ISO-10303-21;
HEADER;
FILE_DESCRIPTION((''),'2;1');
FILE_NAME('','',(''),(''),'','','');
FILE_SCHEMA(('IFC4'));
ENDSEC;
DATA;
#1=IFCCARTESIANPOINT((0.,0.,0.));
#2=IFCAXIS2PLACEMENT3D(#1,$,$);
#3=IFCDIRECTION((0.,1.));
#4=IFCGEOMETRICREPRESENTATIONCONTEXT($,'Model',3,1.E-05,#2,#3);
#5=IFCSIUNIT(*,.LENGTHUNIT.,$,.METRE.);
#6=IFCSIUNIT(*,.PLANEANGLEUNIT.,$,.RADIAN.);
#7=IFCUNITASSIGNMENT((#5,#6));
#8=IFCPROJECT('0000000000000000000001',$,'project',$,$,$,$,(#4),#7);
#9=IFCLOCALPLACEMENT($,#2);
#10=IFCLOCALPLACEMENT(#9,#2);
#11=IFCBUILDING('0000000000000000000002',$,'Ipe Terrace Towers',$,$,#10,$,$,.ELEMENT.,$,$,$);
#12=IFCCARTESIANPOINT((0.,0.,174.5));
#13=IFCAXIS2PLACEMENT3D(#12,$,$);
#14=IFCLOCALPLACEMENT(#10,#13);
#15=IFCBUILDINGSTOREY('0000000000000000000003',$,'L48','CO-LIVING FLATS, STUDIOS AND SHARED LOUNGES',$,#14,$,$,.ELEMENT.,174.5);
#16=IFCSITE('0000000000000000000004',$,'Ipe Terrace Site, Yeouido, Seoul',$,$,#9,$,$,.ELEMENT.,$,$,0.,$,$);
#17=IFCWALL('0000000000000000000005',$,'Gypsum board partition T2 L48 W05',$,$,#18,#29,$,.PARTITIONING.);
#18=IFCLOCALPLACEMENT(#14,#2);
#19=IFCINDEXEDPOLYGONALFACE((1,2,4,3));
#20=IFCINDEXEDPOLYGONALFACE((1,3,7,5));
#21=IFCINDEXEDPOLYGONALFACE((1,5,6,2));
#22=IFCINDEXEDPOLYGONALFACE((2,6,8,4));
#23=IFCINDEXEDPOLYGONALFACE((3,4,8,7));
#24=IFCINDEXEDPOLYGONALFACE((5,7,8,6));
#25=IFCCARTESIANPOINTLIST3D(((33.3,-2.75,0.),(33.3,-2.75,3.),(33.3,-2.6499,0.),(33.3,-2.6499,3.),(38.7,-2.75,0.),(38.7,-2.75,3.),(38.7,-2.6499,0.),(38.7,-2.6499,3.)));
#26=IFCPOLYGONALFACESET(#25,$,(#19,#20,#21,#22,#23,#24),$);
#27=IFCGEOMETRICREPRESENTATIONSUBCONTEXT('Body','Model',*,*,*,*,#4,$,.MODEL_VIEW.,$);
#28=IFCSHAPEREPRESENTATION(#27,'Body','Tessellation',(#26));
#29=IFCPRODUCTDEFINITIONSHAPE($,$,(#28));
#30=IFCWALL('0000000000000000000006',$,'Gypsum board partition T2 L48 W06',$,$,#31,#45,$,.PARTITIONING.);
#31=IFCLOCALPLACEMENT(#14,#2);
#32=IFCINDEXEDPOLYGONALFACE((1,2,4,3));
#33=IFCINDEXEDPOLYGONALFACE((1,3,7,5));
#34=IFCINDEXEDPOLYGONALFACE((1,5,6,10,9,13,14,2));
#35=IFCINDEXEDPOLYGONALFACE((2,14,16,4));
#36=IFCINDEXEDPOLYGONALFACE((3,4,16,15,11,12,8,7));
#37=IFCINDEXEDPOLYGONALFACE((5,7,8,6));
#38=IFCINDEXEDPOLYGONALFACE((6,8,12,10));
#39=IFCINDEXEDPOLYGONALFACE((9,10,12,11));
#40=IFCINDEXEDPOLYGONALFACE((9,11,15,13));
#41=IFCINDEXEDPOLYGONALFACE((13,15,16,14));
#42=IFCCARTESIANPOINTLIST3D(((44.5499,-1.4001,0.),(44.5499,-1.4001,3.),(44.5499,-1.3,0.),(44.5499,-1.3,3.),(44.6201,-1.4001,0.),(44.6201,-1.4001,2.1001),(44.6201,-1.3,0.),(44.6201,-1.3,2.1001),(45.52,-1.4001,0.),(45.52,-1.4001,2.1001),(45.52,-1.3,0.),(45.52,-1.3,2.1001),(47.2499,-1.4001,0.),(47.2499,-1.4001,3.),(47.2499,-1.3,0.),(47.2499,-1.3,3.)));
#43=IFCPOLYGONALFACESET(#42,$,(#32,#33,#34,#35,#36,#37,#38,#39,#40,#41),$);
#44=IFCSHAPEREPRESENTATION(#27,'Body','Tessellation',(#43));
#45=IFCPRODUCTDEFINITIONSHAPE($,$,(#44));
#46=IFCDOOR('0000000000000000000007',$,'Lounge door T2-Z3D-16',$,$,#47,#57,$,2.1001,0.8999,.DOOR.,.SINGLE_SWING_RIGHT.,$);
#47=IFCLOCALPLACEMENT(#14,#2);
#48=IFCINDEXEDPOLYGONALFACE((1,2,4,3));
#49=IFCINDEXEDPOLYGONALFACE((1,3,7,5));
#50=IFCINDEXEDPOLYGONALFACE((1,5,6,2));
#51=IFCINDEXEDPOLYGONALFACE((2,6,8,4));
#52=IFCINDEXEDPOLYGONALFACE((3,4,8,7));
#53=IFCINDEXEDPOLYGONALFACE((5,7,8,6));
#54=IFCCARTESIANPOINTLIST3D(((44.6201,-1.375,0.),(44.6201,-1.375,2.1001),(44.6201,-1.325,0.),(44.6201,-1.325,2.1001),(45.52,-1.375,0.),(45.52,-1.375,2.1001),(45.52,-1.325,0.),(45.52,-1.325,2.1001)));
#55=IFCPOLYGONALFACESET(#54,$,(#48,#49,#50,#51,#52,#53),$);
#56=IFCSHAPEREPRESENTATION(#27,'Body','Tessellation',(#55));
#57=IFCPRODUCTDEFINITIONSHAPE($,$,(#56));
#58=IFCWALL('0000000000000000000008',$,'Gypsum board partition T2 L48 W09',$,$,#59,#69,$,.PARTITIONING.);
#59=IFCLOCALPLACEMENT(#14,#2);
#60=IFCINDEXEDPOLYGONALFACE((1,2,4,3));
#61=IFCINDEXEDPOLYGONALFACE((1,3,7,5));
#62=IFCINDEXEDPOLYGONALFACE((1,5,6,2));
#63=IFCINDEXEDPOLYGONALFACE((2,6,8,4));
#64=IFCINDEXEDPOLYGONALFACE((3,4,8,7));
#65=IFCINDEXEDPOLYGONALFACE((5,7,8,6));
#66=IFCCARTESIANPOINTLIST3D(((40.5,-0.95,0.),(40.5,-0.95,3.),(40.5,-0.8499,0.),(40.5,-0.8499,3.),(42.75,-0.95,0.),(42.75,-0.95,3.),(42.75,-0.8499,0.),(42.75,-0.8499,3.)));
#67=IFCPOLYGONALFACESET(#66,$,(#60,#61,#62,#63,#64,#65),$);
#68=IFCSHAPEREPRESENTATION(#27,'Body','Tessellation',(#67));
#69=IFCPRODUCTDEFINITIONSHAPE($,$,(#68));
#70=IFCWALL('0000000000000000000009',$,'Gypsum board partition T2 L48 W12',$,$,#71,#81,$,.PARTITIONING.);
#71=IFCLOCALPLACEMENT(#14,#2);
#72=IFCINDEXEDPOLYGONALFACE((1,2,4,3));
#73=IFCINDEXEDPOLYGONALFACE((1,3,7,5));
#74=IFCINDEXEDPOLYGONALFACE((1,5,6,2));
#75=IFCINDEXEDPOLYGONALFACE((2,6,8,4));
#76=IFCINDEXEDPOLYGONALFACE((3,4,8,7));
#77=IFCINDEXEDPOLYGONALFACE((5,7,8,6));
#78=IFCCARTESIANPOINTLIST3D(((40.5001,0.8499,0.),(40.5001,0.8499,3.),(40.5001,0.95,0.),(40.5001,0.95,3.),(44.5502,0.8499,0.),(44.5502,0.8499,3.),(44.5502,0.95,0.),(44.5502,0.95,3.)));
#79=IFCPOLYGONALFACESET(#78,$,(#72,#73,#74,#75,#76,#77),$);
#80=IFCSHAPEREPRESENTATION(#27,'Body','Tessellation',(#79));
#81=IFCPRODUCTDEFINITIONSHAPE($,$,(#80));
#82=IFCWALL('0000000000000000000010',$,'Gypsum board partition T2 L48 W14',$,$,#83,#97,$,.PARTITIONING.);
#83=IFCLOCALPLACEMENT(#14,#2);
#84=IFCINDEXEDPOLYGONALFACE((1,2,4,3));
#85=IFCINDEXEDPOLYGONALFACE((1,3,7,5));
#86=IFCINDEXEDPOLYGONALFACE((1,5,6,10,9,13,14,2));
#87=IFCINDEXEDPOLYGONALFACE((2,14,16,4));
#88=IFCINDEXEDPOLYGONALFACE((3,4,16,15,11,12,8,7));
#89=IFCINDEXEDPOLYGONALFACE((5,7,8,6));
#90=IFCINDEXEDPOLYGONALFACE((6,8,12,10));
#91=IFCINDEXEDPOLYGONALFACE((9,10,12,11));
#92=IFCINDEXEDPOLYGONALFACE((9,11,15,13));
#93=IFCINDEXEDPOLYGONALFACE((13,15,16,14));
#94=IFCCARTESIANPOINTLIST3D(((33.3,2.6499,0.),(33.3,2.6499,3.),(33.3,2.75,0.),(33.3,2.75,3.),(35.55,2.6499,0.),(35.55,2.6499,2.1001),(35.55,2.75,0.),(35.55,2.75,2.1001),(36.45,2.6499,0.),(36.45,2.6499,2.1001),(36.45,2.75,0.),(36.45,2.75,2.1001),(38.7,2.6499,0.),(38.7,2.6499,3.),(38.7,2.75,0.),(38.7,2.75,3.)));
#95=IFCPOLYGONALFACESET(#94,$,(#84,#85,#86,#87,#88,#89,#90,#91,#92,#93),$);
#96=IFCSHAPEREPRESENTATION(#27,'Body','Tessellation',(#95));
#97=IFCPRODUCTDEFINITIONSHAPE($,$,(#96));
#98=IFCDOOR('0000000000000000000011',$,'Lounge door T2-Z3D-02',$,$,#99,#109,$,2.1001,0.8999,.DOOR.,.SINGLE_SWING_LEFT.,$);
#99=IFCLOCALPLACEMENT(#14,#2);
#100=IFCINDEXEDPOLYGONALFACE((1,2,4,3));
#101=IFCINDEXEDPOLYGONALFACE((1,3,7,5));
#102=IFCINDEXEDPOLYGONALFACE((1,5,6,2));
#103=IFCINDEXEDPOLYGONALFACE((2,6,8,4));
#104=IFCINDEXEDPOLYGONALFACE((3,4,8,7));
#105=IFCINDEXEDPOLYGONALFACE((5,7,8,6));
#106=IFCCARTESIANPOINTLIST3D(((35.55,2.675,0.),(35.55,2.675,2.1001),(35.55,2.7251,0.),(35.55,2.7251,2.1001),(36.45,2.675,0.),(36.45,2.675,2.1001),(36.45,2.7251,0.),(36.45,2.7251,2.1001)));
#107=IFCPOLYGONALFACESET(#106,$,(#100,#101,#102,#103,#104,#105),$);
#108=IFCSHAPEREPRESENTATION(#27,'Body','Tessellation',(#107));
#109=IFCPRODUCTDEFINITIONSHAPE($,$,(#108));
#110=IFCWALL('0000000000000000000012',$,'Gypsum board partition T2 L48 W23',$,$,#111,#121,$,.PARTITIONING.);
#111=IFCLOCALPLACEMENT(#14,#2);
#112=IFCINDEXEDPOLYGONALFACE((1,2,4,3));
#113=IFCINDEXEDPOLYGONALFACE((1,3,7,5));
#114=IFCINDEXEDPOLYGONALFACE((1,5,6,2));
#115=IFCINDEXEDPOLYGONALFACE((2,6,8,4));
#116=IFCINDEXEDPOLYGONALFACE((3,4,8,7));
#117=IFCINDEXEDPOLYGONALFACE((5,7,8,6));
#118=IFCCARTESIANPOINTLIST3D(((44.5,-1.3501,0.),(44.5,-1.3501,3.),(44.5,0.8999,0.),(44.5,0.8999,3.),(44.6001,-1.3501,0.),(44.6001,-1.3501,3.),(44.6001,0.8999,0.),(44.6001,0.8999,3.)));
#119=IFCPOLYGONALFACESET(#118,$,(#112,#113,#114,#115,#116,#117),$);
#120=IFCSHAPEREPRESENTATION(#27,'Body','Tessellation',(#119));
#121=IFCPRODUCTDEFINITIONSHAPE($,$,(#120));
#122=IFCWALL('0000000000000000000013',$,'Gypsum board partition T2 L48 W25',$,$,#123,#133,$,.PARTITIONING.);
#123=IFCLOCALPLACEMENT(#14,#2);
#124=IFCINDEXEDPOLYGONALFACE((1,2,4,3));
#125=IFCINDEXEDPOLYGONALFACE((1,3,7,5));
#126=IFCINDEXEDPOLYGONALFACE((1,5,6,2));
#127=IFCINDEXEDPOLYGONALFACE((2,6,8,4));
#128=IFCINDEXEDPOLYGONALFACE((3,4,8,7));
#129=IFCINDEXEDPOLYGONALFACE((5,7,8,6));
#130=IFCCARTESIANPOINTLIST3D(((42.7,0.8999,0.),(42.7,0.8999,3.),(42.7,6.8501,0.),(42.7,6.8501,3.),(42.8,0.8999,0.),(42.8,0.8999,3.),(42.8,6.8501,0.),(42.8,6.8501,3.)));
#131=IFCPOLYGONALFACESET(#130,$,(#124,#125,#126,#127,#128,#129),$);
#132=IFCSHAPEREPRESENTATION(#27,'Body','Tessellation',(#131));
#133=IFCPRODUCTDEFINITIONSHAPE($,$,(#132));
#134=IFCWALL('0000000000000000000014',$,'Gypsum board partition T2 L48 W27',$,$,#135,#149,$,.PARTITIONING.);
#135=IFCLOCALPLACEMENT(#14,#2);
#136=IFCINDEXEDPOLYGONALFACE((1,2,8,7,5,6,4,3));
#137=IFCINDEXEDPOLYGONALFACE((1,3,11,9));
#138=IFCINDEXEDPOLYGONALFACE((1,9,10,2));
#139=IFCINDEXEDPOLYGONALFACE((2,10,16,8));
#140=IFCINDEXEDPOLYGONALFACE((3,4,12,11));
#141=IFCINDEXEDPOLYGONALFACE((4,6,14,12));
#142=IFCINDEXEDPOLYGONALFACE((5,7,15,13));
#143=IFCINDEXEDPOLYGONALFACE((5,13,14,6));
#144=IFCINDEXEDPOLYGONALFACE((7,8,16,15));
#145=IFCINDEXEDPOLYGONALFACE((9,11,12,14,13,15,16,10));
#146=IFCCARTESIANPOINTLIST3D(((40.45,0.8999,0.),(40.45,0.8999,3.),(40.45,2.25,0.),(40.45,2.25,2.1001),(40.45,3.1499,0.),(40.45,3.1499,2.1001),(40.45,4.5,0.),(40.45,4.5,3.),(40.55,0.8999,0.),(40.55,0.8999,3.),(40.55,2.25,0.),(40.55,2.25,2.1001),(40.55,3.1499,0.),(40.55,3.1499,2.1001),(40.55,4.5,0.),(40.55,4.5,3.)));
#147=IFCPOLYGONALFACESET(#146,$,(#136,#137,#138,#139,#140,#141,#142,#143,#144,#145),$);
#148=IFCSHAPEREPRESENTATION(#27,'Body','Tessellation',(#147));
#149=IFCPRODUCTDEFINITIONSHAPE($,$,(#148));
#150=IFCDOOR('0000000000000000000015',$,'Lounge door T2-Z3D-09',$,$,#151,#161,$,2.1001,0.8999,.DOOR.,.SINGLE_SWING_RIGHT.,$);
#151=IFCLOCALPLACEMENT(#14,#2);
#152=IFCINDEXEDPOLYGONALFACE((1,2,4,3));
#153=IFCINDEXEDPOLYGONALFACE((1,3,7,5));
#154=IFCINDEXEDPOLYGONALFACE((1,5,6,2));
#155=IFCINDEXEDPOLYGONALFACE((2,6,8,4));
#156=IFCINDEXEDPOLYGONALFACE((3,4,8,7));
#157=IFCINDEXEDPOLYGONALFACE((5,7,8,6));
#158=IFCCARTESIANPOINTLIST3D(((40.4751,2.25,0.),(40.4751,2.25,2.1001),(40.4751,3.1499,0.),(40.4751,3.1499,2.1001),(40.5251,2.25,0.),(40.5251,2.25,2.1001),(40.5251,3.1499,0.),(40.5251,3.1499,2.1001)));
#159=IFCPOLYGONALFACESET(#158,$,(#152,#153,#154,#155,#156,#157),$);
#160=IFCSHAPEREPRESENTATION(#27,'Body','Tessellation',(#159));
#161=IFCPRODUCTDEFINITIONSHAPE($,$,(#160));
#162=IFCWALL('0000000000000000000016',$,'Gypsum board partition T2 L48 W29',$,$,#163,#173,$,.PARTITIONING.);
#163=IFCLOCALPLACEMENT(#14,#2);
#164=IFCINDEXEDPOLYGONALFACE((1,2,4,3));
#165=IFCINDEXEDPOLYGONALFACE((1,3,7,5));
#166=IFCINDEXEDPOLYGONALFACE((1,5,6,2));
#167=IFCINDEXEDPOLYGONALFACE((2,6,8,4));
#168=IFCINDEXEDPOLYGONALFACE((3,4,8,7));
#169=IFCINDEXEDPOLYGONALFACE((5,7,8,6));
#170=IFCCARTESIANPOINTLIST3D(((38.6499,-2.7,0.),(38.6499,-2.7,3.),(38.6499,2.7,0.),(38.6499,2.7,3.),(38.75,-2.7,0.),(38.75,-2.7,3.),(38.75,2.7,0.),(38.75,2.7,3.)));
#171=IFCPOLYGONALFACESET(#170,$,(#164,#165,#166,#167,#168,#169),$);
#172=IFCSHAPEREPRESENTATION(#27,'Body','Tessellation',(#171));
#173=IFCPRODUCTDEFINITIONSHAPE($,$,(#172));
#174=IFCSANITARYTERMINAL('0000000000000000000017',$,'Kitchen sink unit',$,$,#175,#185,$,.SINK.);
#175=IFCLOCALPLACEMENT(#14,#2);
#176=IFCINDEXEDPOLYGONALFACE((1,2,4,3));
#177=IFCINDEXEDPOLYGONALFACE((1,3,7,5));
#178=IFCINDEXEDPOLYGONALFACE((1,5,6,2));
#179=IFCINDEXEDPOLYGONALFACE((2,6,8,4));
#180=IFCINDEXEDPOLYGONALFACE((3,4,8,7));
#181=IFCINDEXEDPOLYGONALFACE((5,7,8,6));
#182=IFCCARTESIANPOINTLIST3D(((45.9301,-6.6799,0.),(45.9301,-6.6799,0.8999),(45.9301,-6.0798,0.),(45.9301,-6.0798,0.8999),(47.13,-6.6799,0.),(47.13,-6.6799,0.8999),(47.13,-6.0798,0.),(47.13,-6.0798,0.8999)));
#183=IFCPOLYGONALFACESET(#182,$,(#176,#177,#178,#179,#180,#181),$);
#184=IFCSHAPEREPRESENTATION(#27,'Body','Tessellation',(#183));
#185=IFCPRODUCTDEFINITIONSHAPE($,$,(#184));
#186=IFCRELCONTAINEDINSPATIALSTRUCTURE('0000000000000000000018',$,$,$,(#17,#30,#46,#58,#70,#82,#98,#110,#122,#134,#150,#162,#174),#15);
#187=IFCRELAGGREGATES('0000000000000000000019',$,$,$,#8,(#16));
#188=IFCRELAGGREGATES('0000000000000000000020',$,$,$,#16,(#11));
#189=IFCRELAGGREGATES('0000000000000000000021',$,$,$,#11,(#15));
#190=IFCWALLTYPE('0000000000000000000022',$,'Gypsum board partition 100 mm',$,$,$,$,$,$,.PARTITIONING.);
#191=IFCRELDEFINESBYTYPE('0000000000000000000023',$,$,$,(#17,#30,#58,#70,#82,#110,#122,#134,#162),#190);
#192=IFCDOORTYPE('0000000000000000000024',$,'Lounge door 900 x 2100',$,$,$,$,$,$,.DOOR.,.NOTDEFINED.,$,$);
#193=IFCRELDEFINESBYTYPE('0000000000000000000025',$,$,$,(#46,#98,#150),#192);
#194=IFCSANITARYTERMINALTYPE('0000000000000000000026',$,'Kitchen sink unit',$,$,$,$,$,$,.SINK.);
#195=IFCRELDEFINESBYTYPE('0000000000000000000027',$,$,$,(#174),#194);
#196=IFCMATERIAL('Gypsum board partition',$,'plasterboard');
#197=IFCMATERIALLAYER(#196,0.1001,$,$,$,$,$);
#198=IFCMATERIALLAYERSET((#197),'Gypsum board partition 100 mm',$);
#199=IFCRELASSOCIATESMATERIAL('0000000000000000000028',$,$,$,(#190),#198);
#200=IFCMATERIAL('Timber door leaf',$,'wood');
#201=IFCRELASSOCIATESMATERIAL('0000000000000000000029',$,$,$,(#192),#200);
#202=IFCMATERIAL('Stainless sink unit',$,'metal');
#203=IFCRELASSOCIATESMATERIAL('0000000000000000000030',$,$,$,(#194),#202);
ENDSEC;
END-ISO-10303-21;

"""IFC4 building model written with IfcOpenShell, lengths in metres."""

from ifc_helpers import new_model, si_unit, direction, frame, frame_2d, origin, origin_2d, place, context, subcontext, project, spatial, rectangle, extrude, material, layer, layer_set, type_object, element, fill, save


model = new_model("IFC4")

# Units and contexts
model_context = context("Model", 3, precision=1e-05, world=origin(), true_north=direction((0.0, 1.0)))
body_context = subcontext(model_context, "Body", "Model", "MODEL_VIEW")
ifc_project = project(units=[si_unit("LENGTHUNIT", "METRE"), si_unit("PLANEANGLEUNIT", "RADIAN")], contexts=[model_context])

# Site, building, storey
site_placement = place(None, origin())
site = spatial("IfcSite", under=ifc_project, at=site_placement, Name="Ipe Terrace Site, Yeouido, Seoul", CompositionType="ELEMENT", RefElevation=0.0)
building_placement = place(site_placement, origin())
building = spatial("IfcBuilding", under=site, at=building_placement, Name="Ipe Terrace Towers", CompositionType="ELEMENT")
storey_placement = place(building_placement, frame((0.0, 0.0, 174.5)))
storey = spatial("IfcBuildingStorey", under=building, at=storey_placement, Name="L48", Description="CO-LIVING FLATS, STUDIOS AND SHARED LOUNGES", CompositionType="ELEMENT", Elevation=174.5)

# Shared definitions
ifc_material_1 = material(Name="Gypsum board partition", Category="plasterboard")
ifc_layer_1 = layer(ifc_material_1, 0.1001)
ifc_layer_set_1 = layer_set([ifc_layer_1], Name="Gypsum board partition 100 mm")
wall_type_1 = type_object("IfcWallType", Name="Gypsum board partition 100 mm", PredefinedType="PARTITIONING", material=ifc_layer_set_1)
ifc_material_2 = material(Name="Timber door leaf", Category="wood")
door_type = type_object("IfcDoorType", Name="Lounge door 900 x 2100", OperationType="NOTDEFINED", PredefinedType="DOOR", material=ifc_material_2)

# Wall
wall_1_placement = place(storey_placement, frame((38.7, -2.7, 0.0), z_axis=(0.0, 0.0, 1.0), x_axis=(-1.0, 0.0, 0.0)))
element("IfcWall", 1, at=wall_1_placement, inside=storey, type_object=wall_type_1, Name="Gypsum board partition T2 L48 W05", PredefinedType="PARTITIONING", context=body_context, shape_type="SweptSolid", body=[
    extrude(rectangle(XDim=5.3999, YDim=0.1001, at=frame_2d((2.7, 0.0))), origin(), (0.0, 0.0, 1.0), 3.0),
])

# Wall, opening, door
wall_2_placement = place(storey_placement, frame((47.25, -1.3501, 0.0), z_axis=(0.0, 0.0, 1.0), x_axis=(-1.0, 0.0, 0.0)))
wall_2 = element("IfcWall", 2, at=wall_2_placement, inside=storey, type_object=wall_type_1, Name="Gypsum board partition T2 L48 W06", PredefinedType="PARTITIONING", context=body_context, shape_type="SweptSolid", body=[
    extrude(rectangle(XDim=2.7, YDim=0.1001, at=frame_2d((1.3501, 0.0))), origin(), (0.0, 0.0, 1.0), 3.0),
])
opening_1_placement = place(wall_2_placement, frame((1.73, 0.0, 0.0)))
opening_1 = element("IfcOpeningElement", 3, at=opening_1_placement, cuts=wall_2, PredefinedType="OPENING", context=body_context, shape_type="SweptSolid", body=[
    extrude(rectangle(XDim=0.8999, YDim=2.1001, at=frame_2d((0.45, 1.05))), frame((0.0, 0.0601, 0.0), z_axis=(0.0, -1.0, 0.0), x_axis=(1.0, 0.0, 0.0)), (0.0, 0.0, 1.0), 0.1201),
])
door_1_placement = place(opening_1_placement, origin())
door_1 = element("IfcDoor", 4, at=door_1_placement, inside=storey, type_object=door_type, Name="Lounge door T2-Z3D-16", OperationType="SINGLE_SWING_RIGHT", OverallHeight=2.1001, OverallWidth=0.8999, PredefinedType="DOOR", context=body_context, shape_type="SweptSolid", body=[
    extrude(rectangle(XDim=0.8999, YDim=2.1001, at=frame_2d((0.45, 1.05))), frame((0.0, 0.0249, 0.0), z_axis=(0.0, -1.0, 0.0), x_axis=(1.0, 0.0, 0.0)), (0.0, 0.0, 1.0), 0.05),
])
fill(opening_1, door_1)

# Walls
wall_3_placement = place(storey_placement, frame((42.75, -0.8999, 0.0), z_axis=(0.0, 0.0, 1.0), x_axis=(-1.0, 0.0, 0.0)))
element("IfcWall", 5, at=wall_3_placement, inside=storey, type_object=wall_type_1, Name="Gypsum board partition T2 L48 W09", PredefinedType="PARTITIONING", context=body_context, shape_type="SweptSolid", body=[
    extrude(rectangle(XDim=2.25, YDim=0.1001, at=frame_2d((1.125, 0.0))), origin(), (0.0, 0.0, 1.0), 3.0),
])
wall_4_placement = place(storey_placement, frame((44.55, 0.8999, 0.0), z_axis=(0.0, 0.0, 1.0), x_axis=(-1.0, 0.0, 0.0)))
element("IfcWall", 6, at=wall_4_placement, inside=storey, type_object=wall_type_1, Name="Gypsum board partition T2 L48 W12", PredefinedType="PARTITIONING", context=body_context, shape_type="SweptSolid", body=[
    extrude(rectangle(XDim=4.05, YDim=0.1001, at=frame_2d((2.0249, 0.0))), origin(), (0.0, 0.0, 1.0), 3.0),
])

# Wall, opening, door
wall_5_placement = place(storey_placement, frame((38.7, 2.7, 0.0), z_axis=(0.0, 0.0, 1.0), x_axis=(-1.0, 0.0, 0.0)))
wall_5 = element("IfcWall", 7, at=wall_5_placement, inside=storey, type_object=wall_type_1, Name="Gypsum board partition T2 L48 W14", PredefinedType="PARTITIONING", context=body_context, shape_type="SweptSolid", body=[
    extrude(rectangle(XDim=5.3999, YDim=0.1001, at=frame_2d((2.7, 0.0))), origin(), (0.0, 0.0, 1.0), 3.0),
])
opening_2_placement = place(wall_5_placement, frame((2.25, 0.0, 0.0)))
opening_2 = element("IfcOpeningElement", 8, at=opening_2_placement, cuts=wall_5, PredefinedType="OPENING", context=body_context, shape_type="SweptSolid", body=[
    extrude(rectangle(XDim=0.8999, YDim=2.1001, at=frame_2d((0.45, 1.05))), frame((0.0, 0.0601, 0.0), z_axis=(0.0, -1.0, 0.0), x_axis=(1.0, 0.0, 0.0)), (0.0, 0.0, 1.0), 0.1201),
])
door_2_placement = place(opening_2_placement, origin())
door_2 = element("IfcDoor", 9, at=door_2_placement, inside=storey, type_object=door_type, Name="Lounge door T2-Z3D-02", OperationType="SINGLE_SWING_LEFT", OverallHeight=2.1001, OverallWidth=0.8999, PredefinedType="DOOR", context=body_context, shape_type="SweptSolid", body=[
    extrude(rectangle(XDim=0.8999, YDim=2.1001, at=frame_2d((0.45, 1.05))), frame((0.0, 0.0249, 0.0), z_axis=(0.0, -1.0, 0.0), x_axis=(1.0, 0.0, 0.0)), (0.0, 0.0, 1.0), 0.05),
])
fill(opening_2, door_2)

# Walls
wall_6_placement = place(storey_placement, frame((44.55, -1.3501, 0.0), z_axis=(0.0, 0.0, 1.0), x_axis=(0.0, 1.0, 0.0)))
element("IfcWall", 10, at=wall_6_placement, inside=storey, type_object=wall_type_1, Name="Gypsum board partition T2 L48 W23", PredefinedType="PARTITIONING", context=body_context, shape_type="SweptSolid", body=[
    extrude(rectangle(XDim=2.25, YDim=0.1001, at=frame_2d((1.125, 0.0))), origin(), (0.0, 0.0, 1.0), 3.0),
])
wall_7_placement = place(storey_placement, frame((42.75, 0.8999, 0.0), z_axis=(0.0, 0.0, 1.0), x_axis=(0.0, 1.0, 0.0)))
element("IfcWall", 11, at=wall_7_placement, inside=storey, type_object=wall_type_1, Name="Gypsum board partition T2 L48 W25", PredefinedType="PARTITIONING", context=body_context, shape_type="SweptSolid", body=[
    extrude(rectangle(XDim=5.9502, YDim=0.1001, at=frame_2d((2.9751, 0.0))), origin(), (0.0, 0.0, 1.0), 3.0),
])

# Wall, opening, door
wall_8_placement = place(storey_placement, frame((40.5, 0.8999, 0.0), z_axis=(0.0, 0.0, 1.0), x_axis=(0.0, 1.0, 0.0)))
wall_8 = element("IfcWall", 12, at=wall_8_placement, inside=storey, type_object=wall_type_1, Name="Gypsum board partition T2 L48 W27", PredefinedType="PARTITIONING", context=body_context, shape_type="SweptSolid", body=[
    extrude(rectangle(XDim=3.6001, YDim=0.1001, at=frame_2d((1.8, 0.0))), origin(), (0.0, 0.0, 1.0), 3.0),
])
opening_3_placement = place(wall_8_placement, frame((1.3501, 0.0, 0.0)))
opening_3 = element("IfcOpeningElement", 13, at=opening_3_placement, cuts=wall_8, PredefinedType="OPENING", context=body_context, shape_type="SweptSolid", body=[
    extrude(rectangle(XDim=0.8999, YDim=2.1001, at=frame_2d((0.45, 1.05))), frame((0.0, 0.0601, 0.0), z_axis=(0.0, -1.0, 0.0), x_axis=(1.0, 0.0, 0.0)), (0.0, 0.0, 1.0), 0.1201),
])
door_3_placement = place(opening_3_placement, origin())
door_3 = element("IfcDoor", 14, at=door_3_placement, inside=storey, type_object=door_type, Name="Lounge door T2-Z3D-09", OperationType="SINGLE_SWING_RIGHT", OverallHeight=2.1001, OverallWidth=0.8999, PredefinedType="DOOR", context=body_context, shape_type="SweptSolid", body=[
    extrude(rectangle(XDim=0.8999, YDim=2.1001, at=frame_2d((0.45, 1.05))), frame((0.0, 0.0249, 0.0), z_axis=(0.0, -1.0, 0.0), x_axis=(1.0, 0.0, 0.0)), (0.0, 0.0, 1.0), 0.05),
])
fill(opening_3, door_3)

# Wall
wall_9_placement = place(storey_placement, frame((38.7, -2.7, 0.0), z_axis=(0.0, 0.0, 1.0), x_axis=(0.0, 1.0, 0.0)))
element("IfcWall", 15, at=wall_9_placement, inside=storey, type_object=wall_type_1, Name="Gypsum board partition T2 L48 W29", PredefinedType="PARTITIONING", context=body_context, shape_type="SweptSolid", body=[
    extrude(rectangle(XDim=5.3999, YDim=0.1001, at=frame_2d((2.7, 0.0))), origin(), (0.0, 0.0, 1.0), 3.0),
])

# Sanitary terminal
ifc_material_3 = material(Name="Stainless sink unit", Category="metal")
sanitary_terminal_type = type_object("IfcSanitaryTerminalType", Name="Kitchen sink unit", PredefinedType="SINK", material=ifc_material_3)
sanitary_terminal_placement = place(storey_placement, frame((46.53, -6.3799, 0.0), z_axis=(0.0, 0.0, 1.0), x_axis=(-1.0, 0.0, 0.0)))
element("IfcSanitaryTerminal", 16, at=sanitary_terminal_placement, inside=storey, type_object=sanitary_terminal_type, Name="Kitchen sink unit", PredefinedType="SINK", context=body_context, shape_type="SweptSolid", body=[
    extrude(rectangle(XDim=1.2, YDim=0.6001, at=origin_2d()), origin(), (0.0, 0.0, 1.0), 0.8999),
])

save(model, "model.ifc")
